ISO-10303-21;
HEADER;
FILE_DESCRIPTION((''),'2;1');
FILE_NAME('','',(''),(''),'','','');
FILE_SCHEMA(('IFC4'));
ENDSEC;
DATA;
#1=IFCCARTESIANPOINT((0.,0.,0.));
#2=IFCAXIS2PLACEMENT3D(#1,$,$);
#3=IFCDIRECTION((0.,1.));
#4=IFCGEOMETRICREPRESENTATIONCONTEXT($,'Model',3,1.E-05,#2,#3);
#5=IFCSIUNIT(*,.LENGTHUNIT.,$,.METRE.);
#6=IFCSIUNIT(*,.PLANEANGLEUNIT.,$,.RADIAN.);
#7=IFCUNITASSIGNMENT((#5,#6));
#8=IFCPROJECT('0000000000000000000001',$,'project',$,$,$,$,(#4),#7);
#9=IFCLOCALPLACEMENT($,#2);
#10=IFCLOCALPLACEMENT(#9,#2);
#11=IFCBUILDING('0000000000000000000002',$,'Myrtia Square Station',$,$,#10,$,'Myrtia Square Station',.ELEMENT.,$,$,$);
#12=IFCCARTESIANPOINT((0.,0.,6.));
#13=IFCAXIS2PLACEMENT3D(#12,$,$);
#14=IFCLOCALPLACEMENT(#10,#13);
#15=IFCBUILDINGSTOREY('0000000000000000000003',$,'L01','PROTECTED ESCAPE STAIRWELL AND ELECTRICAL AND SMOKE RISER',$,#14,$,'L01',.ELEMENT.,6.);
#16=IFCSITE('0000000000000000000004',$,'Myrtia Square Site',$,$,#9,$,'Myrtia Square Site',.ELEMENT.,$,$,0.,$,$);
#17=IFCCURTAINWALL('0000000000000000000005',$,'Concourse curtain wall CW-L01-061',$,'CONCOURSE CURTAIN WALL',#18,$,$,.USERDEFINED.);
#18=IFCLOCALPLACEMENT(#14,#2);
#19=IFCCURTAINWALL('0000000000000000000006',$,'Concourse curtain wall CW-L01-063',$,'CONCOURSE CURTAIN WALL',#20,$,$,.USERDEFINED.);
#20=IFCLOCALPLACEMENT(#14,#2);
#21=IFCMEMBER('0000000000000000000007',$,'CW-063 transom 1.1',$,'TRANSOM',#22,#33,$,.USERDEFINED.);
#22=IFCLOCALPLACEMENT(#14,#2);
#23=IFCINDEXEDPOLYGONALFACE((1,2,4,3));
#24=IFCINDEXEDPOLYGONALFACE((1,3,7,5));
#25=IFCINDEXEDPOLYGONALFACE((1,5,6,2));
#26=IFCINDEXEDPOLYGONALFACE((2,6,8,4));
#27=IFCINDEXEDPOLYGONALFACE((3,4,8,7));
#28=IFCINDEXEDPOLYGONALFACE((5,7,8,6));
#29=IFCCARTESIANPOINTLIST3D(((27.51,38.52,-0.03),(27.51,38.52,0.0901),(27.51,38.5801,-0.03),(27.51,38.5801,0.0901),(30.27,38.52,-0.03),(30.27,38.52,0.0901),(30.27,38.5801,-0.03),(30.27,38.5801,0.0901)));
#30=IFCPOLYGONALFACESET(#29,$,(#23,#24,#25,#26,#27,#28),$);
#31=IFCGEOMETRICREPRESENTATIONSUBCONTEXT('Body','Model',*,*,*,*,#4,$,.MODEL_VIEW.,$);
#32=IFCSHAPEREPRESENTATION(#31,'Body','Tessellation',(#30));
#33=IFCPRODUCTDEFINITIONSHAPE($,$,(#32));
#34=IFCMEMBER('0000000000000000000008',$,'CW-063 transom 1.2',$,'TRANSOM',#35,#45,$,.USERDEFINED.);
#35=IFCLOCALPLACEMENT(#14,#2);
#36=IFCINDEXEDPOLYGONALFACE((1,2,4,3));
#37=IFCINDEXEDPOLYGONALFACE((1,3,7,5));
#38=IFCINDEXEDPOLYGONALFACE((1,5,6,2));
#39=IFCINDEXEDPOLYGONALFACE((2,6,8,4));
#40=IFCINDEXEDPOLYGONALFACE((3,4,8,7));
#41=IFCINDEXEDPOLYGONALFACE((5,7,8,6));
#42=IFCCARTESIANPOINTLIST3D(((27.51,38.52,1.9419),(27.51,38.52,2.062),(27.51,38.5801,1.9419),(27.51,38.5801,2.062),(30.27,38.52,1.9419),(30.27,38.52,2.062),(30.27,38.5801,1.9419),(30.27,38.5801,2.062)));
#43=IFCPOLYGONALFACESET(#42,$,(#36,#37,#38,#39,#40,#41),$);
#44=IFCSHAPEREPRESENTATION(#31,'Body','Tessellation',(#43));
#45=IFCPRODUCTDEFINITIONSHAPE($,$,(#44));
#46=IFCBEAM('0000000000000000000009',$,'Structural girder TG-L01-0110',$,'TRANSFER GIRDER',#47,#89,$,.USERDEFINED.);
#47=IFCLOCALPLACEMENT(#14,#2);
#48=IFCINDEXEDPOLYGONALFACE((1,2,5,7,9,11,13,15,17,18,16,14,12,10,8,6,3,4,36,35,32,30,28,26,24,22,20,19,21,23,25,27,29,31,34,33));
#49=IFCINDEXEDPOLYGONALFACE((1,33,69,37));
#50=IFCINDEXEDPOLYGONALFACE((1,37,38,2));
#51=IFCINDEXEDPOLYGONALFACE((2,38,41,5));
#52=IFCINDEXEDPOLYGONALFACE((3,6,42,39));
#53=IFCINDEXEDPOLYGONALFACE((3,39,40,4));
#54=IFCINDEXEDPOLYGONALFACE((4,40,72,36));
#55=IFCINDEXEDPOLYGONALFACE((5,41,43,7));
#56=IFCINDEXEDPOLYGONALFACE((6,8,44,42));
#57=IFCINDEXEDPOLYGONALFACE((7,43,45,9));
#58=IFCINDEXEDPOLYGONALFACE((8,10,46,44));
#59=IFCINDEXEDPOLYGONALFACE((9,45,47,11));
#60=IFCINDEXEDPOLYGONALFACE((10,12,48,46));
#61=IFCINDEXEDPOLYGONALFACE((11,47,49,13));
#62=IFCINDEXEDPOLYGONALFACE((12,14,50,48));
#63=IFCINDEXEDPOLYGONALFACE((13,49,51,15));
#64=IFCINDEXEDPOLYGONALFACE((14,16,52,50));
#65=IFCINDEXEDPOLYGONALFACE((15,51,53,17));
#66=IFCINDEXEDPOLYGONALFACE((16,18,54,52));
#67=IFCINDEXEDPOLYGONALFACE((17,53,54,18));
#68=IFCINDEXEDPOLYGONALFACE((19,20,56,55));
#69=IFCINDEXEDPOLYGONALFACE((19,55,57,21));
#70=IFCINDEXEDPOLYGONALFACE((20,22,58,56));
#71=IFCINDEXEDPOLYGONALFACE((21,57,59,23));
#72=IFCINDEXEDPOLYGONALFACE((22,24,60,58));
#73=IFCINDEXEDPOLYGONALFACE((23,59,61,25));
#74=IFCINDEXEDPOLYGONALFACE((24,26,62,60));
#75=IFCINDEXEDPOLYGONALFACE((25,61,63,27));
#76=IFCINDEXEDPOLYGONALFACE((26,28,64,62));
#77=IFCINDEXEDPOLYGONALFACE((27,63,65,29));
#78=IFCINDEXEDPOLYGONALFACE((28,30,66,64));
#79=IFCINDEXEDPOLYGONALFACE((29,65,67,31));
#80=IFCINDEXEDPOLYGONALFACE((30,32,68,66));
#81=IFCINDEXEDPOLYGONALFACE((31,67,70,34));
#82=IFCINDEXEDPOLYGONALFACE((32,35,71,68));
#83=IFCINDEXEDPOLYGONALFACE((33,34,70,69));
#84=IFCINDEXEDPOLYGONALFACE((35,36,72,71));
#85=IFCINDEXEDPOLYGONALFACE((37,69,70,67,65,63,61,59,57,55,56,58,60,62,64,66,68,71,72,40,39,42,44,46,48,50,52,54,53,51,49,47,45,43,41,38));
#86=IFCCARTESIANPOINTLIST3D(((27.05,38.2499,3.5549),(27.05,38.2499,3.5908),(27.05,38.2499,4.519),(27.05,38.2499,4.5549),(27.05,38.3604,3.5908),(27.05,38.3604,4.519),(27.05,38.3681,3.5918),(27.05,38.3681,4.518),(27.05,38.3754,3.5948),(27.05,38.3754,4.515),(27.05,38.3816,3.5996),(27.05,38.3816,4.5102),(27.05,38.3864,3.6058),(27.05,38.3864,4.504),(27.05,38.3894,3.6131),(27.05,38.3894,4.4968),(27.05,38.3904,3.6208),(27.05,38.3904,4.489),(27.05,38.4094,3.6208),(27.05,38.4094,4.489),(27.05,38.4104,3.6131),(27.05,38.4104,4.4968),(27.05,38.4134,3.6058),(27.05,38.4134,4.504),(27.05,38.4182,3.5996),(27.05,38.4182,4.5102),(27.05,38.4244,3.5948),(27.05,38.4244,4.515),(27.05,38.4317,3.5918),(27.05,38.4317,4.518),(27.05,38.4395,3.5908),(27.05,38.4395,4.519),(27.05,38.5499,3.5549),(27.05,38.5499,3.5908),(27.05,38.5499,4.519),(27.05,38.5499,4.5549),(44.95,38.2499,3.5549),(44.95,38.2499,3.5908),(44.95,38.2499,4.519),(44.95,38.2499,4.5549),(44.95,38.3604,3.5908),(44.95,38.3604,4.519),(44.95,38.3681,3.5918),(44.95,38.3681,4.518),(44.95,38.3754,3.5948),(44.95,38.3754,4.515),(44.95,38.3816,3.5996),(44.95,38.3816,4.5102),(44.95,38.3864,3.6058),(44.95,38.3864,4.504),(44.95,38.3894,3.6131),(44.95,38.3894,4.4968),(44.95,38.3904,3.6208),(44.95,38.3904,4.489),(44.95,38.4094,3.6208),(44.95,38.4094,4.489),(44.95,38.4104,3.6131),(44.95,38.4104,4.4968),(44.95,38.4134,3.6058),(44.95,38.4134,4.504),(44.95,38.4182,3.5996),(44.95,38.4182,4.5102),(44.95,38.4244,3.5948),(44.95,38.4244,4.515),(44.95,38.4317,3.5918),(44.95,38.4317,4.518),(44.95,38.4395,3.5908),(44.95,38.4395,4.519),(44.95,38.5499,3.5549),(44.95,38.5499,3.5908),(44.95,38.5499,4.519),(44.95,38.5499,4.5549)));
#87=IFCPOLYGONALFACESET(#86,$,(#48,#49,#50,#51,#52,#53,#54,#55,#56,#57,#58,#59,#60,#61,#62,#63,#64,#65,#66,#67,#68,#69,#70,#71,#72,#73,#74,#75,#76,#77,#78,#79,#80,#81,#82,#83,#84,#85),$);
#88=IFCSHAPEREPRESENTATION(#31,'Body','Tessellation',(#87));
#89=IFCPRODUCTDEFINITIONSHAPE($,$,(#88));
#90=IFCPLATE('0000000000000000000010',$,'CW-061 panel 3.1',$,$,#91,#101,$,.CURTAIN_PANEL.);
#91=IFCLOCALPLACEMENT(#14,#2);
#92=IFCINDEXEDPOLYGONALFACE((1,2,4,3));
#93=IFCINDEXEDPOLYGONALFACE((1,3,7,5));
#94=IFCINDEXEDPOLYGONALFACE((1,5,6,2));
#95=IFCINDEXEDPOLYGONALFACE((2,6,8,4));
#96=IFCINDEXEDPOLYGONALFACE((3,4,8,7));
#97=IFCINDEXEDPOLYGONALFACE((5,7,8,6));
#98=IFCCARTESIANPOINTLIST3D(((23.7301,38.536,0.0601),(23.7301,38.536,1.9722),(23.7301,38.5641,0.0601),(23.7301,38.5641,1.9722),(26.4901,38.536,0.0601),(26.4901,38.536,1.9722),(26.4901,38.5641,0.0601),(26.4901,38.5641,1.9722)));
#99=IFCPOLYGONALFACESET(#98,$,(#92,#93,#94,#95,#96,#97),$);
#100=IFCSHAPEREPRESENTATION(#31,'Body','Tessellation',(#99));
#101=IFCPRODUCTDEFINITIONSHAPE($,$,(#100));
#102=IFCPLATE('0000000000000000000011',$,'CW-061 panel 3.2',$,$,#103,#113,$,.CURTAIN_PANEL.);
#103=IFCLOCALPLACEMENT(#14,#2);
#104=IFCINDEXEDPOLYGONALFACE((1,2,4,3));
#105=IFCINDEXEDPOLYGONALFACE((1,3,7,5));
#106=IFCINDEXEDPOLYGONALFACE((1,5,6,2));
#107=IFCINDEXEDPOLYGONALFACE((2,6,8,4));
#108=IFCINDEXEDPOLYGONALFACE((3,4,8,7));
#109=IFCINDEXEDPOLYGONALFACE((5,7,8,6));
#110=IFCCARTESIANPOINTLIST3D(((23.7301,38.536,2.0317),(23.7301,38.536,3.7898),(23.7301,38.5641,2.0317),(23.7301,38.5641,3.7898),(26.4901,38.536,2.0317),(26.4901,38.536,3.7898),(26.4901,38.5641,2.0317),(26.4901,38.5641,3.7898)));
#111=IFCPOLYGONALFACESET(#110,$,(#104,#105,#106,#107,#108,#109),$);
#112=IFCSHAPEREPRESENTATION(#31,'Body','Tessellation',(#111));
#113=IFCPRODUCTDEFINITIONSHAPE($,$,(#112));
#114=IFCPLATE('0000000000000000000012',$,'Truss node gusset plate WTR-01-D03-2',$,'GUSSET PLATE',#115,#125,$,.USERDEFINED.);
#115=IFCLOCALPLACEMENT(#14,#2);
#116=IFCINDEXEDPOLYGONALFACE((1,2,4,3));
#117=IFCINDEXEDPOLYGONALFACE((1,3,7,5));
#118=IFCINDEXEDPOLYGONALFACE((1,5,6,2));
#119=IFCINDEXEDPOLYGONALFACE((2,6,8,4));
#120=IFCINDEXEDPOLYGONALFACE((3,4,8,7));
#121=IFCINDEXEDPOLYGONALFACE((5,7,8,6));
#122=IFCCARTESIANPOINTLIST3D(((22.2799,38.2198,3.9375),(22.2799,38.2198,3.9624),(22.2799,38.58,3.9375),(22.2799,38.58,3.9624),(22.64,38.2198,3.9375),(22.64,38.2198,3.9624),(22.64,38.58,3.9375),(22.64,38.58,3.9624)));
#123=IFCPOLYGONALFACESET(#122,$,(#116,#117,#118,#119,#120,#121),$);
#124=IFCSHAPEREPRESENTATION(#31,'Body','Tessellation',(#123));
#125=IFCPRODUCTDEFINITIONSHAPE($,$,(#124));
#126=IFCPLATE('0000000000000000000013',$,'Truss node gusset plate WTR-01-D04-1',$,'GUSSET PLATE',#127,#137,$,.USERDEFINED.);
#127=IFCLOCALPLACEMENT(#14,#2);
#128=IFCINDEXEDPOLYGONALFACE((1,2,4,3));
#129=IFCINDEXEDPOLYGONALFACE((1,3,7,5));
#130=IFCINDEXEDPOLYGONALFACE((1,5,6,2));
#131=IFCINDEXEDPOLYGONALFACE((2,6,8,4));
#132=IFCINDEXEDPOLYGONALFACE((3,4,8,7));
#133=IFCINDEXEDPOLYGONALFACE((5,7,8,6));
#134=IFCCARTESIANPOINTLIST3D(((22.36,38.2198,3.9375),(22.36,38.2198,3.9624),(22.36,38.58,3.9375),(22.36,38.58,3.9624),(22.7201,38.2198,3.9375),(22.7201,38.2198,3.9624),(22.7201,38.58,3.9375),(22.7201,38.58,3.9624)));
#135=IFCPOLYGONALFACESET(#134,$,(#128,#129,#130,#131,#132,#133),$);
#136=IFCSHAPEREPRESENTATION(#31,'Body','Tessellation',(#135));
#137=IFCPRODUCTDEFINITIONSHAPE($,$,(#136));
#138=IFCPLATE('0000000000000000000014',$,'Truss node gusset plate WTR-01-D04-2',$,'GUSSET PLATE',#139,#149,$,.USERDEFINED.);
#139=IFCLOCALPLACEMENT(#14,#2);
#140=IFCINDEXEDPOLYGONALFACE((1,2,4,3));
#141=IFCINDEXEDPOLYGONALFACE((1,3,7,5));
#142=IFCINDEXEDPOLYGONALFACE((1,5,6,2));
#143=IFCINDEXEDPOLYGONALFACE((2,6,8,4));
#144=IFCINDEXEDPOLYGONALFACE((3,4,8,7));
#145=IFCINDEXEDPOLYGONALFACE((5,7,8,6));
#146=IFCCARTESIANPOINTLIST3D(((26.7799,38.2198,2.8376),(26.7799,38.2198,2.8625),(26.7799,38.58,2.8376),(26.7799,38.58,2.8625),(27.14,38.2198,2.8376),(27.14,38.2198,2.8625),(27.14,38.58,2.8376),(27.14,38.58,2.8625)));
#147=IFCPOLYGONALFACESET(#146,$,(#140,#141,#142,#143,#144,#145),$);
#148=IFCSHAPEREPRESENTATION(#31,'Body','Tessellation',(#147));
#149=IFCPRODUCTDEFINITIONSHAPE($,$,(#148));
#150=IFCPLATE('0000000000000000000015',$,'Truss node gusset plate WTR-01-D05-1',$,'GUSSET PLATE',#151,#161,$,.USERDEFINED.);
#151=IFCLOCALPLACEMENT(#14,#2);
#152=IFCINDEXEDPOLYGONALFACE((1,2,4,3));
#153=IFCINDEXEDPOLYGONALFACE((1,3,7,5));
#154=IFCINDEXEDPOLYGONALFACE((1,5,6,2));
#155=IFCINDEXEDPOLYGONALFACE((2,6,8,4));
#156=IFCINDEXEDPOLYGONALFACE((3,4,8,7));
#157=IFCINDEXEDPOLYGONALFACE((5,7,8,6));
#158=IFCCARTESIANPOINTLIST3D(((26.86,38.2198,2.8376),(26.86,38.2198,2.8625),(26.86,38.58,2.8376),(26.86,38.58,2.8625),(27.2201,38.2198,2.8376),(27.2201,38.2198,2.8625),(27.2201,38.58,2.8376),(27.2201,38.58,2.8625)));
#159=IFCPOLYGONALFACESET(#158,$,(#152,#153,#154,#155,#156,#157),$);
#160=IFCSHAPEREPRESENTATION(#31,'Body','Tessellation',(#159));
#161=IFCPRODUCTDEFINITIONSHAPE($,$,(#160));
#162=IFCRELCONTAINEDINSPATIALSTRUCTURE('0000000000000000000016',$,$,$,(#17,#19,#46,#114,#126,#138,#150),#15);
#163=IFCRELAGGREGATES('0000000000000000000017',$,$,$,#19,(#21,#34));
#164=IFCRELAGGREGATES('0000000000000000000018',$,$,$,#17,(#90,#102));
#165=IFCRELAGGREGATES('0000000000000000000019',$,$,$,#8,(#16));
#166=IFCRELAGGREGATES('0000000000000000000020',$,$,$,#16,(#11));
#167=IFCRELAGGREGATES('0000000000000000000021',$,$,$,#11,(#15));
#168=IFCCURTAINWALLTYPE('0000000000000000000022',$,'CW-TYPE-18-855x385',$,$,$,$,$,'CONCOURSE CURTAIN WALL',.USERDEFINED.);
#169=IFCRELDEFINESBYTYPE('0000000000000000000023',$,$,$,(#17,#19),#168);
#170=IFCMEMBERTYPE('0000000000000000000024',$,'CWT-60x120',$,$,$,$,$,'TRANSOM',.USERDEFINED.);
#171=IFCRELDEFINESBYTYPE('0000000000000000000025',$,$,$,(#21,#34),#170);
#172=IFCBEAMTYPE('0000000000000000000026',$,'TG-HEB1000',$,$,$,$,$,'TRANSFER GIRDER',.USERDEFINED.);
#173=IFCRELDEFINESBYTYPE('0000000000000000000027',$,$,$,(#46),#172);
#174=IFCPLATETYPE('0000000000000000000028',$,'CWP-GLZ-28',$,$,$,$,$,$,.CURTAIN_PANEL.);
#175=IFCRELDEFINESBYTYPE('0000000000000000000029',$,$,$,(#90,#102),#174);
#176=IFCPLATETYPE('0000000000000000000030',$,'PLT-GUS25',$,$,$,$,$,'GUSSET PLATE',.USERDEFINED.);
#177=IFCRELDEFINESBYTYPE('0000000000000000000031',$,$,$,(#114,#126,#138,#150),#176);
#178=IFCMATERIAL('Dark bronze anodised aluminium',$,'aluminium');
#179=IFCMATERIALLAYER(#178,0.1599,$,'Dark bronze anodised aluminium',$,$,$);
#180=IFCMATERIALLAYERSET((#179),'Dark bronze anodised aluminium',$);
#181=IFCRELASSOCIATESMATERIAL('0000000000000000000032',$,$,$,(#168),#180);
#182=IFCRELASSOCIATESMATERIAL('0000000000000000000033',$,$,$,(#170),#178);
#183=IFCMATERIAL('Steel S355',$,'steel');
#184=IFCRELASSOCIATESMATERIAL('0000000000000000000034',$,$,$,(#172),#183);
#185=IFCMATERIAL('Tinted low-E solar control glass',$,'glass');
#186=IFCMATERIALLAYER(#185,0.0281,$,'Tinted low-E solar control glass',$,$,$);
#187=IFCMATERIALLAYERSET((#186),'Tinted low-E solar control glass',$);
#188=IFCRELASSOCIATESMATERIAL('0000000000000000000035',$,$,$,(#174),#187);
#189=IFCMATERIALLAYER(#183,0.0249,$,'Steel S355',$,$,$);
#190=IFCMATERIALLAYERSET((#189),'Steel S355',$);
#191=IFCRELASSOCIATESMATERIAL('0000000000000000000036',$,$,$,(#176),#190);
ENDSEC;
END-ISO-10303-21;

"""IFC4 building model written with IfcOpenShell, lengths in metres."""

from ifc_helpers import new_model, si_unit, direction, frame, origin, origin_2d, place, context, subcontext, project, spatial, rectangle, i_section, extrude, material, layer, layer_set, material_profile, profile_set, type_object, element, aggregate, save


model = new_model("IFC4")

# Units and contexts
model_context = context("Model", 3, precision=1e-05, world=origin(), true_north=direction((0.0, 1.0)))
body_context = subcontext(model_context, "Body", "Model", "MODEL_VIEW")
ifc_project = project(units=[si_unit("LENGTHUNIT", "METRE"), si_unit("PLANEANGLEUNIT", "RADIAN")], contexts=[model_context])

# Site, building, storey
site_placement = place(None, origin())
site = spatial("IfcSite", under=ifc_project, at=site_placement, Name="Myrtia Square Site", LongName="Myrtia Square Site", CompositionType="ELEMENT", RefElevation=0.0)
building_placement = place(site_placement, origin())
building = spatial("IfcBuilding", under=site, at=building_placement, Name="Myrtia Square Station", LongName="Myrtia Square Station", CompositionType="ELEMENT")
storey_placement = place(building_placement, frame((0.0, 0.0, 6.0)))
storey = spatial("IfcBuildingStorey", under=building, at=storey_placement, Name="L01", Description="PROTECTED ESCAPE STAIRWELL AND ELECTRICAL AND SMOKE RISER", LongName="L01", CompositionType="ELEMENT", Elevation=6.0)

# Shared definitions
ifc_material_1 = material(Name="Steel S355", Category="steel")

# Curtain wall
ifc_material_2 = material(Name="Dark bronze anodised aluminium", Category="aluminium")
ifc_layer_1 = layer(ifc_material_2, 0.1599, Name="Dark bronze anodised aluminium")
ifc_layer_set_1 = layer_set([ifc_layer_1], Name="Dark bronze anodised aluminium")
curtain_wall_type = type_object("IfcCurtainWallType", Name="CW-TYPE-18-855x385", ElementType="CONCOURSE CURTAIN WALL", PredefinedType="USERDEFINED", material=ifc_layer_set_1)
curtain_wall_1_placement = place(storey_placement, origin())
curtain_wall_1 = element("IfcCurtainWall", 1, at=curtain_wall_1_placement, inside=storey, type_object=curtain_wall_type, Name="Concourse curtain wall CW-L01-061", ObjectType="CONCOURSE CURTAIN WALL", PredefinedType="USERDEFINED")

# Curtain wall
curtain_wall_2_placement = place(storey_placement, origin())
curtain_wall_2 = element("IfcCurtainWall", 2, at=curtain_wall_2_placement, inside=storey, type_object=curtain_wall_type, Name="Concourse curtain wall CW-L01-063", ObjectType="CONCOURSE CURTAIN WALL", PredefinedType="USERDEFINED")

# Members
ifc_material_profile_1 = material_profile(ifc_material_2, rectangle(XDim=0.0601, YDim=0.1201, at=origin_2d()), Name="ALU-T 60x120")
ifc_profile_set_1 = profile_set([ifc_material_profile_1], Name="Dark bronze anodised aluminium")
member_type_1 = type_object("IfcMemberType", Name="CWT-60x120", ElementType="TRANSOM", PredefinedType="USERDEFINED", material=ifc_profile_set_1)
member_1_placement = place(storey_placement, frame((27.51, 38.55, 0.03), z_axis=(1.0, 0.0, 0.0), x_axis=(0.0, 1.0, 0.0)))
member_1 = element("IfcMember", 3, at=member_1_placement, type_object=member_type_1, Name="CW-063 transom 1.1", ObjectType="TRANSOM", PredefinedType="USERDEFINED", context=body_context, shape_type="SweptSolid", body=[
    extrude(rectangle(XDim=0.0601, YDim=0.1201, at=origin_2d()), origin(), (0.0, 0.0, 1.0), 2.76),
])
member_2_placement = place(storey_placement, frame((27.51, 38.55, 2.002), z_axis=(1.0, 0.0, 0.0), x_axis=(0.0, 1.0, 0.0)))
member_2 = element("IfcMember", 4, at=member_2_placement, type_object=member_type_1, Name="CW-063 transom 1.2", ObjectType="TRANSOM", PredefinedType="USERDEFINED", context=body_context, shape_type="SweptSolid", body=[
    extrude(rectangle(XDim=0.0601, YDim=0.1201, at=origin_2d()), origin(), (0.0, 0.0, 1.0), 2.76),
])
aggregate(curtain_wall_2, [member_1, member_2])

# Beam
ifc_material_profile_2 = material_profile(ifc_material_1, i_section(OverallWidth=0.3, OverallDepth=1.0, WebThickness=0.019, FlangeThickness=0.0359, FilletRadius=0.03, at=origin_2d()), Name="HEB 1000")
ifc_profile_set_2 = profile_set([ifc_material_profile_2], Name="Steel S355")
beam_type_1 = type_object("IfcBeamType", Name="TG-HEB1000", ElementType="TRANSFER GIRDER", PredefinedType="USERDEFINED", material=ifc_profile_set_2)
beam_placement = place(storey_placement, frame((27.05, 38.3999, 4.0549), z_axis=(1.0, 0.0, 0.0), x_axis=(0.0, 1.0, 0.0)))
element("IfcBeam", 5, at=beam_placement, inside=storey, type_object=beam_type_1, Name="Structural girder TG-L01-0110", ObjectType="TRANSFER GIRDER", PredefinedType="USERDEFINED", context=body_context, shape_type="SweptSolid", body=[
    extrude(i_section(OverallWidth=0.3, OverallDepth=1.0, WebThickness=0.019, FlangeThickness=0.0359, FilletRadius=0.03, at=origin_2d()), origin(), (0.0, 0.0, 1.0), 17.8999),
])

# Plates
ifc_material_3 = material(Name="Tinted low-E solar control glass", Category="glass")
ifc_layer_2 = layer(ifc_material_3, 0.0281, Name="Tinted low-E solar control glass")
ifc_layer_set_2 = layer_set([ifc_layer_2], Name="Tinted low-E solar control glass")
plate_type_1 = type_object("IfcPlateType", Name="CWP-GLZ-28", PredefinedType="CURTAIN_PANEL", material=ifc_layer_set_2)
plate_1_placement = place(storey_placement, frame((25.1101, 38.55, 0.0601), z_axis=(0.0, 0.0, 1.0), x_axis=(1.0, 0.0, 0.0)))
plate_1 = element("IfcPlate", 6, at=plate_1_placement, type_object=plate_type_1, Name="CW-061 panel 3.1", PredefinedType="CURTAIN_PANEL", context=body_context, shape_type="SweptSolid", body=[
    extrude(rectangle(XDim=2.76, YDim=0.0281, at=origin_2d()), origin(), (0.0, 0.0, 1.0), 1.9121),
])
plate_2_placement = place(storey_placement, frame((25.1101, 38.55, 2.0317), z_axis=(0.0, 0.0, 1.0), x_axis=(1.0, 0.0, 0.0)))
plate_2 = element("IfcPlate", 7, at=plate_2_placement, type_object=plate_type_1, Name="CW-061 panel 3.2", PredefinedType="CURTAIN_PANEL", context=body_context, shape_type="SweptSolid", body=[
    extrude(rectangle(XDim=2.76, YDim=0.0281, at=origin_2d()), origin(), (0.0, 0.0, 1.0), 1.7581),
])
aggregate(curtain_wall_1, [plate_1, plate_2])

# Plates
ifc_layer_3 = layer(ifc_material_1, 0.0249, Name="Steel S355")
ifc_layer_set_3 = layer_set([ifc_layer_3], Name="Steel S355")
plate_type_2 = type_object("IfcPlateType", Name="PLT-GUS25", ElementType="GUSSET PLATE", PredefinedType="USERDEFINED", material=ifc_layer_set_3)
for number, where, z_axis, x_axis, name in (
    (8, (22.46, 38.3999, 3.9375), (0.0, 0.0, 1.0), (1.0, 0.0, 0.0), "Truss node gusset plate WTR-01-D03-2"),
    (9, (22.54, 38.3999, 3.9375), (0.0, 0.0, 1.0), (1.0, 0.0, 0.0), "Truss node gusset plate WTR-01-D04-1"),
    (10, (26.96, 38.3999, 2.8376), (0.0, 0.0, 1.0), (1.0, 0.0, 0.0), "Truss node gusset plate WTR-01-D04-2"),
    (11, (27.04, 38.3999, 2.8376), (0.0, 0.0, 1.0), (1.0, 0.0, 0.0), "Truss node gusset plate WTR-01-D05-1"),
):
    element("IfcPlate", number, at=place(storey_placement, frame(where, z_axis=z_axis, x_axis=x_axis)), inside=storey, type_object=plate_type_2, Name=name, ObjectType="GUSSET PLATE", PredefinedType="USERDEFINED", context=body_context, shape_type="SweptSolid", body=[
        extrude(rectangle(XDim=0.3601, YDim=0.3601, at=origin_2d()), origin(), (0.0, 0.0, 1.0), 0.0249),
    ])

save(model, "model.ifc")
